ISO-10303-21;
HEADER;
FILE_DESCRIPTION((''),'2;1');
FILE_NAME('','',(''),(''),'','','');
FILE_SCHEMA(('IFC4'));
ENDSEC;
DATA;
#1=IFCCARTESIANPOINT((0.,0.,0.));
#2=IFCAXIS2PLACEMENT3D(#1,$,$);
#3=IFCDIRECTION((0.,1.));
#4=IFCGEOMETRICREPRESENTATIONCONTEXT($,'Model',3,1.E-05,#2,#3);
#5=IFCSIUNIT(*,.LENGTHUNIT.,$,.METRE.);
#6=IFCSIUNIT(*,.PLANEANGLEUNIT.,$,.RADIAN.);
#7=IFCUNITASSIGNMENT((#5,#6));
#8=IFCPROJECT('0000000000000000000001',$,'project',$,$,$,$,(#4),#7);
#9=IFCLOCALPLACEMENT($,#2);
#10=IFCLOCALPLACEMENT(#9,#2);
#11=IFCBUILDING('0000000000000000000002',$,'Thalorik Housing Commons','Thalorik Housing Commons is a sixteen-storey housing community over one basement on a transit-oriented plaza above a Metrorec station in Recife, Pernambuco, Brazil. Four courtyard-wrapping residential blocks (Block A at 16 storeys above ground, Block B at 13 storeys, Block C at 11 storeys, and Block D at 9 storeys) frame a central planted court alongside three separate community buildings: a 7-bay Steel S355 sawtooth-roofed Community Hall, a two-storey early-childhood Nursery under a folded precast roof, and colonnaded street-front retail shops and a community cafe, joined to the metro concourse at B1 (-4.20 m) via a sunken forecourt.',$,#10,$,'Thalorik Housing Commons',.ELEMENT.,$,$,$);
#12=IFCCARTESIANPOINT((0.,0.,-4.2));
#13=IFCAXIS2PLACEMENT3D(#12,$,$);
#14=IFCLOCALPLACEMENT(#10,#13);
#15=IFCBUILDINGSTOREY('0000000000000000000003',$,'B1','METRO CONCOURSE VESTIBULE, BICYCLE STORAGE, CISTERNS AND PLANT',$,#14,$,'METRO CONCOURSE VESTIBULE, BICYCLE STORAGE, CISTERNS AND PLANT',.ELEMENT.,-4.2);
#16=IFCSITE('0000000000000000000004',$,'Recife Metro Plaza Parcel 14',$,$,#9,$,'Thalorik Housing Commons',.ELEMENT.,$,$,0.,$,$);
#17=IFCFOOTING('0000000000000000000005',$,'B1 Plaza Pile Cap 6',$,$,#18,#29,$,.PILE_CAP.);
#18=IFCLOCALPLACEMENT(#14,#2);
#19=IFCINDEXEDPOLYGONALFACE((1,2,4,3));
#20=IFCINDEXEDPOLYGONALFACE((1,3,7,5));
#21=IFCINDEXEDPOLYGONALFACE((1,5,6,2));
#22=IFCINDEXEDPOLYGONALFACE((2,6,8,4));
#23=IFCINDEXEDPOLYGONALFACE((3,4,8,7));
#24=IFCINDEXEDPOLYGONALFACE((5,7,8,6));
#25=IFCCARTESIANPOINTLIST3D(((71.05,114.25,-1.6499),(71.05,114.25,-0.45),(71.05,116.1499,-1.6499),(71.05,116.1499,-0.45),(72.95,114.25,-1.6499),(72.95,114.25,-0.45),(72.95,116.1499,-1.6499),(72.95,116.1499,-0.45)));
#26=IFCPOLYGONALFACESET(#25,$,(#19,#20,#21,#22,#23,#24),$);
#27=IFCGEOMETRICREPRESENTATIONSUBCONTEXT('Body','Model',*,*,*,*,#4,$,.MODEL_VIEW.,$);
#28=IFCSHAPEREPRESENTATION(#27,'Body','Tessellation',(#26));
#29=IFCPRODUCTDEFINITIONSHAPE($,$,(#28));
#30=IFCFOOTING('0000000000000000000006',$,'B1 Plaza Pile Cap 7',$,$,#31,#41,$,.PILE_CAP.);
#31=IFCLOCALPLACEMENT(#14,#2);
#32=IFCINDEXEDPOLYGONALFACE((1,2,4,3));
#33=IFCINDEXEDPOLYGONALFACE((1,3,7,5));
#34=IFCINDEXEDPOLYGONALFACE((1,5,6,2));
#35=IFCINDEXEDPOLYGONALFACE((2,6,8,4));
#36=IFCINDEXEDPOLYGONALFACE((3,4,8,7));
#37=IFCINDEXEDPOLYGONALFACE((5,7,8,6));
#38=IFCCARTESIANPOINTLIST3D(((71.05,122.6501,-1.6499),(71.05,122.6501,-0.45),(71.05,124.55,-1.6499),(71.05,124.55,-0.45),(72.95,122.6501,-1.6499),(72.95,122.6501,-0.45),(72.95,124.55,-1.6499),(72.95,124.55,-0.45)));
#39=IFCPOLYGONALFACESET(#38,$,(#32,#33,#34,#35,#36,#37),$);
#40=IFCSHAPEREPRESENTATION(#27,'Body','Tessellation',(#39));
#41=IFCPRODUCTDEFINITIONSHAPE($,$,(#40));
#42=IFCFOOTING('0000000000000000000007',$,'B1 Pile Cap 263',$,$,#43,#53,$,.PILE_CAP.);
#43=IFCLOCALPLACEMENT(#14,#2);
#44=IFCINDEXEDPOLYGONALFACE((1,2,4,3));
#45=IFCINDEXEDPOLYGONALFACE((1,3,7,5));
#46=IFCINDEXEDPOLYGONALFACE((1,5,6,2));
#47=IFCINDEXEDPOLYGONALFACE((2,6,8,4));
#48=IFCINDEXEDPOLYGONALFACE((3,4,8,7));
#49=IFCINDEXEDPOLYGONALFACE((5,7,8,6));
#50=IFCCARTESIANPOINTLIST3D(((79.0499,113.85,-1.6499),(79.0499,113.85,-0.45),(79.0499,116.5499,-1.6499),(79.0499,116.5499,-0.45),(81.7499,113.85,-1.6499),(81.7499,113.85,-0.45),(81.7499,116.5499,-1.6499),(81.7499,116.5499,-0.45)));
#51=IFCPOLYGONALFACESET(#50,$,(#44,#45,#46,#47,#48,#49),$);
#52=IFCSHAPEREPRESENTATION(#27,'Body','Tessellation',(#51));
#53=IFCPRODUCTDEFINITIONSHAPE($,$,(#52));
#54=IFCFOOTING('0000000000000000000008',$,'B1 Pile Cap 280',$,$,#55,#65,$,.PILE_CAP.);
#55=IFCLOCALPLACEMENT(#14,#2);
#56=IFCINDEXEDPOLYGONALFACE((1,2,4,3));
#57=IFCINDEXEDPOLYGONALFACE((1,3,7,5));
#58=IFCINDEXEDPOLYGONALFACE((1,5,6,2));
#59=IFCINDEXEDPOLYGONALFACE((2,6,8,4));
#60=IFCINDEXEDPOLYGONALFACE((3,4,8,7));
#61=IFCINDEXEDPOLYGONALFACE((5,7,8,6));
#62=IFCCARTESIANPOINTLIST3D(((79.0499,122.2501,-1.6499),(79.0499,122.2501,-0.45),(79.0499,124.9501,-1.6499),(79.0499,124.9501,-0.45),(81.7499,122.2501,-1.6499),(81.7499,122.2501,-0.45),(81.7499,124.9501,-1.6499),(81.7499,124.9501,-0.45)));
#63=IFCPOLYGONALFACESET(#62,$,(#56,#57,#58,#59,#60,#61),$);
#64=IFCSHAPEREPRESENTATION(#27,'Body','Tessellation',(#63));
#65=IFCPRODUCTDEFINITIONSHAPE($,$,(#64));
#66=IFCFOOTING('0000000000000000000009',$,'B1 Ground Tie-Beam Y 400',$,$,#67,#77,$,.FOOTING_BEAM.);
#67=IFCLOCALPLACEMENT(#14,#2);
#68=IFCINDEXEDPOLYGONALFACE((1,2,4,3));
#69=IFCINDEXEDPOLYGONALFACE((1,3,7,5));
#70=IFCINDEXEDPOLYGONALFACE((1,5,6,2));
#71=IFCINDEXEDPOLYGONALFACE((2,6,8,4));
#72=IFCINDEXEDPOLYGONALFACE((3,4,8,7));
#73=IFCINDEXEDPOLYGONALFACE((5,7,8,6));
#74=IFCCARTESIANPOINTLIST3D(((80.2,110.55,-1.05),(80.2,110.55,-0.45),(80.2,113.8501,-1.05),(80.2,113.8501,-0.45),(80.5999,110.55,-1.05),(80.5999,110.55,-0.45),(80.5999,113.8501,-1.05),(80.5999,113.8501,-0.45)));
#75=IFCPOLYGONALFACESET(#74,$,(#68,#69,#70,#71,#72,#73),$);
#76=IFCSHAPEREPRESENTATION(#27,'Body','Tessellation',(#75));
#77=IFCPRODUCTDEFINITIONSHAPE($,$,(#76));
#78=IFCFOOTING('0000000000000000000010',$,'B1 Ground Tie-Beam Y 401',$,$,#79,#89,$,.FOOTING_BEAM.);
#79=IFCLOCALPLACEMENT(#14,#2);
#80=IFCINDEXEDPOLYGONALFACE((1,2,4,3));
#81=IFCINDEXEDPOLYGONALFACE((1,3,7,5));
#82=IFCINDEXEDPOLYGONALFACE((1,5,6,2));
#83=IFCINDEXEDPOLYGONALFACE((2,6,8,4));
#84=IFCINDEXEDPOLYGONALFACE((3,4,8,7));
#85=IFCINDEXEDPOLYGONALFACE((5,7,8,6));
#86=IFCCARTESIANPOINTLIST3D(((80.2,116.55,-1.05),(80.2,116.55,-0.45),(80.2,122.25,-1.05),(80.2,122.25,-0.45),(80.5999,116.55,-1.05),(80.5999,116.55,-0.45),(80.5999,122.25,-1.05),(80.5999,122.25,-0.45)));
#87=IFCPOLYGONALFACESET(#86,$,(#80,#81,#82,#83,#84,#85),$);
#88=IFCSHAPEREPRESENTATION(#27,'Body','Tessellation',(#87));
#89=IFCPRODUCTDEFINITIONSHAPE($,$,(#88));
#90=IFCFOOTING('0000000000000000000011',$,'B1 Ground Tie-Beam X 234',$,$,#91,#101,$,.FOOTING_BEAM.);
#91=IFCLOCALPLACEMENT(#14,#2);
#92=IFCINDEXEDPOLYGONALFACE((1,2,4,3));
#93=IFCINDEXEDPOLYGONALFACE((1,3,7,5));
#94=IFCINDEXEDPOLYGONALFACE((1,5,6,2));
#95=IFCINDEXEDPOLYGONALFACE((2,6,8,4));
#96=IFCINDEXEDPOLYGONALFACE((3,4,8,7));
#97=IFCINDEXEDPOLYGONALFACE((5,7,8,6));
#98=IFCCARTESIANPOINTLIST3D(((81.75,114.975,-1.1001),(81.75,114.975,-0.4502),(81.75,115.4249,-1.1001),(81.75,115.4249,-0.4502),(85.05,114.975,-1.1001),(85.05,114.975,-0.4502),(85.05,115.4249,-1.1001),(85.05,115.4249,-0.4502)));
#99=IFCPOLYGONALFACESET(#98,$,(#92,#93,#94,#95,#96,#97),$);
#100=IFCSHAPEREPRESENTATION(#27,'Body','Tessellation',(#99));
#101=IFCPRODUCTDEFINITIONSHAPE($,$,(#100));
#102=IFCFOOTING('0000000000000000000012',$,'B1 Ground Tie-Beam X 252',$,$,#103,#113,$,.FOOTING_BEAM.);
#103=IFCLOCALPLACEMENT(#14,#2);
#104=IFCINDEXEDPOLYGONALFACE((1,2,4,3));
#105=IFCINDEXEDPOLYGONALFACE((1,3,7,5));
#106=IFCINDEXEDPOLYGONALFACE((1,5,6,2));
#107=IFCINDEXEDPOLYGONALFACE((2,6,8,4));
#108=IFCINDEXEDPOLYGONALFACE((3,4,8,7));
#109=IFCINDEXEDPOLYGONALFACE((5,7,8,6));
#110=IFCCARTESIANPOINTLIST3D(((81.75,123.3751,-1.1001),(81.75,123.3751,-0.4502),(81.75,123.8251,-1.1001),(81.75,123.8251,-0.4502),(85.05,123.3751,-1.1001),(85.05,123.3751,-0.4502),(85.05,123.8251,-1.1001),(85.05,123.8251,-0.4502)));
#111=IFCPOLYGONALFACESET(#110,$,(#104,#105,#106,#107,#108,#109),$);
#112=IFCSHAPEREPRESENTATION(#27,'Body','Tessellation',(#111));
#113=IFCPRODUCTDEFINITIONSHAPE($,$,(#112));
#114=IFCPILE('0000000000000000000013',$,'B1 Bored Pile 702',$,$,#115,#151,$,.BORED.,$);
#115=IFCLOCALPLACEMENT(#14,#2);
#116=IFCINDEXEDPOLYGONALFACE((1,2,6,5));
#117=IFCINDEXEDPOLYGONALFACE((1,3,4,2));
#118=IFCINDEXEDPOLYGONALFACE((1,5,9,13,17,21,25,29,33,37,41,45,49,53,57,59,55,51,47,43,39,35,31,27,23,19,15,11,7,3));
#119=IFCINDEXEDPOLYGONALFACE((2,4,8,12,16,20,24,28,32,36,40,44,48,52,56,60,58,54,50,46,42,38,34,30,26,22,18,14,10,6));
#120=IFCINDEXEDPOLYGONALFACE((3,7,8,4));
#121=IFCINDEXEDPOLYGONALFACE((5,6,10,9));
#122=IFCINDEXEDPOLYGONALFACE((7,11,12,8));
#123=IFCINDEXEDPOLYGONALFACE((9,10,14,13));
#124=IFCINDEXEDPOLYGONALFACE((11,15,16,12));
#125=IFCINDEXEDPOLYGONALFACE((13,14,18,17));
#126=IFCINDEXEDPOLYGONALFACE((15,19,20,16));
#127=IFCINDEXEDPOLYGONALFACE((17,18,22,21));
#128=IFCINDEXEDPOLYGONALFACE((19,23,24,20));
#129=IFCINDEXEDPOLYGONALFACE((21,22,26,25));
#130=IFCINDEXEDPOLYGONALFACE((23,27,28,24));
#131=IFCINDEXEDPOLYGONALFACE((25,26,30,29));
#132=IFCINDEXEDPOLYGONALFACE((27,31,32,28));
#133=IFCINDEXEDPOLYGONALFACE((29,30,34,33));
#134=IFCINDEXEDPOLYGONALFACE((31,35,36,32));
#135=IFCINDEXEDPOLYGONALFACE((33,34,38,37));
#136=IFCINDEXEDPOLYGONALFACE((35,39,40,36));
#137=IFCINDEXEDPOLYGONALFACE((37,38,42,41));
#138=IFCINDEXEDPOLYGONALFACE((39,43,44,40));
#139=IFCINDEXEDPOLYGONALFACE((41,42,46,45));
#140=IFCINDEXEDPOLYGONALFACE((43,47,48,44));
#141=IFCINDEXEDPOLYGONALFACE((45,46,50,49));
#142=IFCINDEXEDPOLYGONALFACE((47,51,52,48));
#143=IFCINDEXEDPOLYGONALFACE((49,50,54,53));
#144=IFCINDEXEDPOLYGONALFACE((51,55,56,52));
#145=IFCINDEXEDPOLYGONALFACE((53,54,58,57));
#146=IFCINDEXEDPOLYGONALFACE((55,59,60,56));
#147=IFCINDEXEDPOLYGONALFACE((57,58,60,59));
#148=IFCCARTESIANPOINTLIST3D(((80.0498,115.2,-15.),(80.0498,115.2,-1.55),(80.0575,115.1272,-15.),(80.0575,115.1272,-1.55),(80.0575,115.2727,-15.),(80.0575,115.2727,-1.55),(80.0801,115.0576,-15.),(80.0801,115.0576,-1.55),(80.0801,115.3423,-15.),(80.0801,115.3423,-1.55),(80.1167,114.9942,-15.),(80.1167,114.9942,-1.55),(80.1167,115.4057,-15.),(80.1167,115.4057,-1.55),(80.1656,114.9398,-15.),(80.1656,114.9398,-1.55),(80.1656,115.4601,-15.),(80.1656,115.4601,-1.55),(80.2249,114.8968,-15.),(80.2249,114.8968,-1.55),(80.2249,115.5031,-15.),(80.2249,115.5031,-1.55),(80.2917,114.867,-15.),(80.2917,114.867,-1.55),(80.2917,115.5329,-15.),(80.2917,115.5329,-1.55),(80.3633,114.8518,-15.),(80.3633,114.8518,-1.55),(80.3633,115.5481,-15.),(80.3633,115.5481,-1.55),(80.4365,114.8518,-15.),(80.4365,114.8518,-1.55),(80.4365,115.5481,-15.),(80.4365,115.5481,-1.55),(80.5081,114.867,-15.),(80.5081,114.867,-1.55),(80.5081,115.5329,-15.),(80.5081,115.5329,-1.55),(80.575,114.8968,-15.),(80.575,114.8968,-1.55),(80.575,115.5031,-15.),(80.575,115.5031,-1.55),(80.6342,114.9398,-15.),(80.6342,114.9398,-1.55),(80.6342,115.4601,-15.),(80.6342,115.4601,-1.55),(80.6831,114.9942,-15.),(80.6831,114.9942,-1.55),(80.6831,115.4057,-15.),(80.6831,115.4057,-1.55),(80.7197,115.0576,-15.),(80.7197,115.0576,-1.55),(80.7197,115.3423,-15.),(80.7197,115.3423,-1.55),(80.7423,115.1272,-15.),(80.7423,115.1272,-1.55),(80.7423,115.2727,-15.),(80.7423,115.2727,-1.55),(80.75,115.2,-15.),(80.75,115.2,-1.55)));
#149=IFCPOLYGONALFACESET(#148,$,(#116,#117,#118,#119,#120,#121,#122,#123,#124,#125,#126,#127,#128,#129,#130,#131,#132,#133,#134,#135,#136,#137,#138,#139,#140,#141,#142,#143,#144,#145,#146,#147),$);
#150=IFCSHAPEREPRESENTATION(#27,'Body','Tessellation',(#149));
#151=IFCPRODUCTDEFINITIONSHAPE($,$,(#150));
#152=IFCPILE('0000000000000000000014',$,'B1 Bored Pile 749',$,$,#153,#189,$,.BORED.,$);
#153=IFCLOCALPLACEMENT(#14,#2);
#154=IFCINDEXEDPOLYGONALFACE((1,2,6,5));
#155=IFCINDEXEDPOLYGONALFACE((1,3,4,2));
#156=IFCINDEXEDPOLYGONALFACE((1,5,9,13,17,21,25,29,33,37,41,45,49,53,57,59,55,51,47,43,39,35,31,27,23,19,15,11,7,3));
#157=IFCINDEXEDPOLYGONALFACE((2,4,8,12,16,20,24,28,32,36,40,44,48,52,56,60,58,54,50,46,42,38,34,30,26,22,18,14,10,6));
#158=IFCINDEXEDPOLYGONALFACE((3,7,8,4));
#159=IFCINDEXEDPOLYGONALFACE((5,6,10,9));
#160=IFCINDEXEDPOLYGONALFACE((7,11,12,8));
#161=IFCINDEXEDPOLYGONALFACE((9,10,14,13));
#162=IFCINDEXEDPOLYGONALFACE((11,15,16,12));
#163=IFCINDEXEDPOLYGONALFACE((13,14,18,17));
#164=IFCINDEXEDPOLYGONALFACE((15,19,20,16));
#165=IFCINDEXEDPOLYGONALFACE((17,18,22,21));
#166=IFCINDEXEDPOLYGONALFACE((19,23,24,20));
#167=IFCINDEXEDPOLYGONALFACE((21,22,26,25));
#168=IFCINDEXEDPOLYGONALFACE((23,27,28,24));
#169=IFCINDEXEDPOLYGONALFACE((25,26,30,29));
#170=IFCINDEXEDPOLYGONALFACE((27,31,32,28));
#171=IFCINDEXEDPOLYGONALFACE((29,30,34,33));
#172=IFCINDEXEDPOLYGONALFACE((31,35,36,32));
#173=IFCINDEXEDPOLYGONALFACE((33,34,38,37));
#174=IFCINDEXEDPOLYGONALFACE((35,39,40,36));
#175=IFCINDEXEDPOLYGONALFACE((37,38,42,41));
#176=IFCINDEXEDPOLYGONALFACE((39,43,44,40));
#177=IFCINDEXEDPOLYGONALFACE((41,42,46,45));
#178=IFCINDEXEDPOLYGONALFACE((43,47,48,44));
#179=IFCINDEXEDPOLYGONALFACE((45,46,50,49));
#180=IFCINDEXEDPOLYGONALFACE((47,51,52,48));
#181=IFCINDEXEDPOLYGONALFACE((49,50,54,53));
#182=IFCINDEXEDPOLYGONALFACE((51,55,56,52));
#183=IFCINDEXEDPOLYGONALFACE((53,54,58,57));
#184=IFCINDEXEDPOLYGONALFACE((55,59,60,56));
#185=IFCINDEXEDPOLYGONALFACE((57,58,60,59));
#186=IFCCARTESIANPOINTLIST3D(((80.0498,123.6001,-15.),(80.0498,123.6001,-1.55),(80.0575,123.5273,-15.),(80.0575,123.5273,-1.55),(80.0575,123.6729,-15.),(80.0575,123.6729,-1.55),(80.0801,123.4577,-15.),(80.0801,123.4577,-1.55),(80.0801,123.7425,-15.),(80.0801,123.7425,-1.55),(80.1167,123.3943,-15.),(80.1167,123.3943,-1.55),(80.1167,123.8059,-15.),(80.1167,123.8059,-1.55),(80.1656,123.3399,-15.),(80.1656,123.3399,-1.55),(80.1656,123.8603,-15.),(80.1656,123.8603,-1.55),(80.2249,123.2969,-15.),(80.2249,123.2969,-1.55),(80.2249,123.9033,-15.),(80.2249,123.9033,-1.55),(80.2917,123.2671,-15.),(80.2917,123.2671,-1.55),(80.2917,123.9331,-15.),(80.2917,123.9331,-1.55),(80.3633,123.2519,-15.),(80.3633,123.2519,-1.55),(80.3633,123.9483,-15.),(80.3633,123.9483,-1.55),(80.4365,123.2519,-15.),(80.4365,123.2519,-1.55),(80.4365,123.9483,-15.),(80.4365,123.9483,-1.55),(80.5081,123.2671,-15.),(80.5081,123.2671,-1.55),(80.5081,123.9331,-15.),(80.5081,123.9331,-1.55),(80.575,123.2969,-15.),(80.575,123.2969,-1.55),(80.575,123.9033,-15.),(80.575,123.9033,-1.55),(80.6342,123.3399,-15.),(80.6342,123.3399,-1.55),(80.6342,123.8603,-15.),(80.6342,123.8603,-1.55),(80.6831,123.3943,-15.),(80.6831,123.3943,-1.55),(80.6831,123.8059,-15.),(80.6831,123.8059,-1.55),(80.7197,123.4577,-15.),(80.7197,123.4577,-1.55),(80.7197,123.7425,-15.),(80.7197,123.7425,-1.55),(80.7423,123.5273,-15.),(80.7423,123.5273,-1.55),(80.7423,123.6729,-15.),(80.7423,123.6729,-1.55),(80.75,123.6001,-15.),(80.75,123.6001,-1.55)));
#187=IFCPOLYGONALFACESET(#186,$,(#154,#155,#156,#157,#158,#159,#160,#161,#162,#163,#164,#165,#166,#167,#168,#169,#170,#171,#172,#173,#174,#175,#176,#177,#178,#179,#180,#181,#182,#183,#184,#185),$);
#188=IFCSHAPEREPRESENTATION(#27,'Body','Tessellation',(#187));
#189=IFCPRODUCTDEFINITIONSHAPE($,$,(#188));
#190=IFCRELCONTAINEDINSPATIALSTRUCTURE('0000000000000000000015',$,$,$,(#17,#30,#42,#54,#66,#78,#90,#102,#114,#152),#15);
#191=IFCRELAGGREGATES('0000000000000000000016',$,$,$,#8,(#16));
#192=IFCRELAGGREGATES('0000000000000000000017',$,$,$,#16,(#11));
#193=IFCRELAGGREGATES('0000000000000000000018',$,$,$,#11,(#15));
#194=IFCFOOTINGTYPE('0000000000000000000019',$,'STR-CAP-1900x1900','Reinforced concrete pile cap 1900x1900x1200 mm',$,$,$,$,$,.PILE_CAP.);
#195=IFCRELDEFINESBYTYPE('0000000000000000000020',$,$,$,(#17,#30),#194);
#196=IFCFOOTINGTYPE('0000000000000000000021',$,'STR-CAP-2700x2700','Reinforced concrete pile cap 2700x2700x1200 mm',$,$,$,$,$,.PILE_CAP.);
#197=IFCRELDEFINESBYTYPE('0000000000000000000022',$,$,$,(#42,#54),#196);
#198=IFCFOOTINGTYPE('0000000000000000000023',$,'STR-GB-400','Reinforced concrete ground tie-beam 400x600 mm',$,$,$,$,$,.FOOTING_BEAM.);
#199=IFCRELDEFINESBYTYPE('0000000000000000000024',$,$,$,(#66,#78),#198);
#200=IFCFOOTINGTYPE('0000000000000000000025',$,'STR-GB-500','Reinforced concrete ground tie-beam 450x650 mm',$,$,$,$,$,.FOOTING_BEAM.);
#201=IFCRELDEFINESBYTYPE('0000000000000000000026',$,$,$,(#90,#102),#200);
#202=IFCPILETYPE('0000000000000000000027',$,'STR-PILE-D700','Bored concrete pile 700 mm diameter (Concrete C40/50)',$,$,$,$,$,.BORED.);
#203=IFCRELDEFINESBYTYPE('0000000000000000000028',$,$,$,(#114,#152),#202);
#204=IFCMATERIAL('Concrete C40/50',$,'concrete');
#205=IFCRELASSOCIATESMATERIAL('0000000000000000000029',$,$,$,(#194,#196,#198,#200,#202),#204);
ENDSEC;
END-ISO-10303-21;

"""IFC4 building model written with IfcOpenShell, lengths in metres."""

from ifc_helpers import new_model, si_unit, direction, frame, origin, origin_2d, place, context, subcontext, project, spatial, rectangle, circle, extrude, material, material_profile, profile_set, type_object, element, save


model = new_model("IFC4")

# Units and contexts
model_context = context("Model", 3, precision=1e-05, world=origin(), true_north=direction((0.0, 1.0)))
body_context = subcontext(model_context, "Body", "Model", "MODEL_VIEW")
ifc_project = project(units=[si_unit("LENGTHUNIT", "METRE"), si_unit("PLANEANGLEUNIT", "RADIAN")], contexts=[model_context])

# Site, building, storey
site_placement = place(None, origin())
site = spatial("IfcSite", under=ifc_project, at=site_placement, Name="Recife Metro Plaza Parcel 14", LongName="Thalorik Housing Commons", CompositionType="ELEMENT", RefElevation=0.0)
building_placement = place(site_placement, origin())
building = spatial("IfcBuilding", under=site, at=building_placement, Name="Thalorik Housing Commons", Description="Thalorik Housing Commons is a sixteen-storey housing community over one basement on a transit-oriented plaza above a Metrorec station in Recife, Pernambuco, Brazil. Four courtyard-wrapping residential blocks (Block A at 16 storeys above ground, Block B at 13 storeys, Block C at 11 storeys, and Block D at 9 storeys) frame a central planted court alongside three separate community buildings: a 7-bay Steel S355 sawtooth-roofed Community Hall, a two-storey early-childhood Nursery under a folded precast roof, and colonnaded street-front retail shops and a community cafe, joined to the metro concourse at B1 (-4.20 m) via a sunken forecourt.", LongName="Thalorik Housing Commons", CompositionType="ELEMENT")
storey_placement = place(building_placement, frame((0.0, 0.0, -4.2)))
storey = spatial("IfcBuildingStorey", under=building, at=storey_placement, Name="B1", Description="METRO CONCOURSE VESTIBULE, BICYCLE STORAGE, CISTERNS AND PLANT", LongName="METRO CONCOURSE VESTIBULE, BICYCLE STORAGE, CISTERNS AND PLANT", CompositionType="ELEMENT", Elevation=-4.2)

# Footings
ifc_material_1 = material(Name="Concrete C40/50", Category="concrete")
footing_type_1 = type_object("IfcFootingType", Name="STR-CAP-1900x1900", Description="Reinforced concrete pile cap 1900x1900x1200 mm", PredefinedType="PILE_CAP", material=ifc_material_1)
for number, where, z_axis, x_axis, name in (
    (1, (72.0, 115.2, -1.6499), (0.0, 0.0, 1.0), (1.0, 0.0, 0.0), "B1 Plaza Pile Cap 6"),
    (2, (72.0, 123.6001, -1.6499), (0.0, 0.0, 1.0), (1.0, 0.0, 0.0), "B1 Plaza Pile Cap 7"),
):
    element("IfcFooting", number, at=place(storey_placement, frame(where, z_axis=z_axis, x_axis=x_axis)), inside=storey, type_object=footing_type_1, Name=name, PredefinedType="PILE_CAP", context=body_context, shape_type="SweptSolid", body=[
        extrude(rectangle(XDim=1.8999, YDim=1.8999, at=origin_2d()), origin(), (0.0, 0.0, 1.0), 1.2),
    ])
footing_type_2 = type_object("IfcFootingType", Name="STR-CAP-2700x2700", Description="Reinforced concrete pile cap 2700x2700x1200 mm", PredefinedType="PILE_CAP", material=ifc_material_1)
for number, where, z_axis, x_axis, name in (
    (3, (80.3999, 115.2, -1.6499), (0.0, 0.0, 1.0), (1.0, 0.0, 0.0), "B1 Pile Cap 263"),
    (4, (80.3999, 123.6001, -1.6499), (0.0, 0.0, 1.0), (1.0, 0.0, 0.0), "B1 Pile Cap 280"),
):
    element("IfcFooting", number, at=place(storey_placement, frame(where, z_axis=z_axis, x_axis=x_axis)), inside=storey, type_object=footing_type_2, Name=name, PredefinedType="PILE_CAP", context=body_context, shape_type="SweptSolid", body=[
        extrude(rectangle(XDim=2.7, YDim=2.7, at=origin_2d()), origin(), (0.0, 0.0, 1.0), 1.2),
    ])
ifc_material_profile_1 = material_profile(ifc_material_1, rectangle(XDim=0.3999, YDim=0.6001, at=origin_2d()), Name="RC 400x600", Category="concrete")
ifc_profile_set_1 = profile_set([ifc_material_profile_1], Name="Concrete C40/50")
footing_type_3 = type_object("IfcFootingType", Name="STR-GB-400", Description="Reinforced concrete ground tie-beam 400x600 mm", PredefinedType="FOOTING_BEAM", material=ifc_profile_set_1)
footing_1_placement = place(storey_placement, frame((80.3999, 110.55, -0.75), z_axis=(0.0, 1.0, 0.0), x_axis=(-1.0, 0.0, 0.0)))
element("IfcFooting", 5, at=footing_1_placement, inside=storey, type_object=footing_type_3, Name="B1 Ground Tie-Beam Y 400", PredefinedType="FOOTING_BEAM", context=body_context, shape_type="SweptSolid", body=[
    extrude(rectangle(XDim=0.3999, YDim=0.6001, at=origin_2d()), origin(), (0.0, 0.0, 1.0), 3.3),
])
footing_2_placement = place(storey_placement, frame((80.3999, 116.55, -0.75), z_axis=(0.0, 1.0, 0.0), x_axis=(-1.0, 0.0, 0.0)))
element("IfcFooting", 6, at=footing_2_placement, inside=storey, type_object=footing_type_3, Name="B1 Ground Tie-Beam Y 401", PredefinedType="FOOTING_BEAM", context=body_context, shape_type="SweptSolid", body=[
    extrude(rectangle(XDim=0.3999, YDim=0.6001, at=origin_2d()), origin(), (0.0, 0.0, 1.0), 5.7),
])
ifc_material_profile_2 = material_profile(ifc_material_1, rectangle(XDim=0.45, YDim=0.6499, at=origin_2d()), Name="RC 450x650", Category="concrete")
ifc_profile_set_2 = profile_set([ifc_material_profile_2], Name="Concrete C40/50")
footing_type_4 = type_object("IfcFootingType", Name="STR-GB-500", Description="Reinforced concrete ground tie-beam 450x650 mm", PredefinedType="FOOTING_BEAM", material=ifc_profile_set_2)
for number, where, z_axis, x_axis, name in (
    (7, (81.75, 115.2, -0.7751), (1.0, 0.0, 0.0), (0.0, 1.0, 0.0), "B1 Ground Tie-Beam X 234"),
    (8, (81.75, 123.6001, -0.7751), (1.0, 0.0, 0.0), (0.0, 1.0, 0.0), "B1 Ground Tie-Beam X 252"),
):
    element("IfcFooting", number, at=place(storey_placement, frame(where, z_axis=z_axis, x_axis=x_axis)), inside=storey, type_object=footing_type_4, Name=name, PredefinedType="FOOTING_BEAM", context=body_context, shape_type="SweptSolid", body=[
        extrude(rectangle(XDim=0.45, YDim=0.6499, at=origin_2d()), origin(), (0.0, 0.0, 1.0), 3.3),
    ])

# Piles
ifc_material_profile_3 = material_profile(ifc_material_1, circle(Radius=0.3501, at=origin_2d()), Name="BORED PILE D700", Category="concrete")
ifc_profile_set_3 = profile_set([ifc_material_profile_3], Name="Concrete C40/50")
pile_type = type_object("IfcPileType", Name="STR-PILE-D700", Description="Bored concrete pile 700 mm diameter (Concrete C40/50)", PredefinedType="BORED", material=ifc_profile_set_3)
for number, where, z_axis, x_axis, name in (
    (9, (80.3999, 115.2, -1.55), (0.0, 0.0, -1.0), (1.0, 0.0, 0.0), "B1 Bored Pile 702"),
    (10, (80.3999, 123.6001, -1.55), (0.0, 0.0, -1.0), (1.0, 0.0, 0.0), "B1 Bored Pile 749"),
):
    element("IfcPile", number, at=place(storey_placement, frame(where, z_axis=z_axis, x_axis=x_axis)), inside=storey, type_object=pile_type, Name=name, PredefinedType="BORED", context=body_context, shape_type="SweptSolid", body=[
        extrude(circle(Radius=0.3501, at=origin_2d()), origin(), (0.0, 0.0, 1.0), 13.45),
    ])

save(model, "model.ifc")
